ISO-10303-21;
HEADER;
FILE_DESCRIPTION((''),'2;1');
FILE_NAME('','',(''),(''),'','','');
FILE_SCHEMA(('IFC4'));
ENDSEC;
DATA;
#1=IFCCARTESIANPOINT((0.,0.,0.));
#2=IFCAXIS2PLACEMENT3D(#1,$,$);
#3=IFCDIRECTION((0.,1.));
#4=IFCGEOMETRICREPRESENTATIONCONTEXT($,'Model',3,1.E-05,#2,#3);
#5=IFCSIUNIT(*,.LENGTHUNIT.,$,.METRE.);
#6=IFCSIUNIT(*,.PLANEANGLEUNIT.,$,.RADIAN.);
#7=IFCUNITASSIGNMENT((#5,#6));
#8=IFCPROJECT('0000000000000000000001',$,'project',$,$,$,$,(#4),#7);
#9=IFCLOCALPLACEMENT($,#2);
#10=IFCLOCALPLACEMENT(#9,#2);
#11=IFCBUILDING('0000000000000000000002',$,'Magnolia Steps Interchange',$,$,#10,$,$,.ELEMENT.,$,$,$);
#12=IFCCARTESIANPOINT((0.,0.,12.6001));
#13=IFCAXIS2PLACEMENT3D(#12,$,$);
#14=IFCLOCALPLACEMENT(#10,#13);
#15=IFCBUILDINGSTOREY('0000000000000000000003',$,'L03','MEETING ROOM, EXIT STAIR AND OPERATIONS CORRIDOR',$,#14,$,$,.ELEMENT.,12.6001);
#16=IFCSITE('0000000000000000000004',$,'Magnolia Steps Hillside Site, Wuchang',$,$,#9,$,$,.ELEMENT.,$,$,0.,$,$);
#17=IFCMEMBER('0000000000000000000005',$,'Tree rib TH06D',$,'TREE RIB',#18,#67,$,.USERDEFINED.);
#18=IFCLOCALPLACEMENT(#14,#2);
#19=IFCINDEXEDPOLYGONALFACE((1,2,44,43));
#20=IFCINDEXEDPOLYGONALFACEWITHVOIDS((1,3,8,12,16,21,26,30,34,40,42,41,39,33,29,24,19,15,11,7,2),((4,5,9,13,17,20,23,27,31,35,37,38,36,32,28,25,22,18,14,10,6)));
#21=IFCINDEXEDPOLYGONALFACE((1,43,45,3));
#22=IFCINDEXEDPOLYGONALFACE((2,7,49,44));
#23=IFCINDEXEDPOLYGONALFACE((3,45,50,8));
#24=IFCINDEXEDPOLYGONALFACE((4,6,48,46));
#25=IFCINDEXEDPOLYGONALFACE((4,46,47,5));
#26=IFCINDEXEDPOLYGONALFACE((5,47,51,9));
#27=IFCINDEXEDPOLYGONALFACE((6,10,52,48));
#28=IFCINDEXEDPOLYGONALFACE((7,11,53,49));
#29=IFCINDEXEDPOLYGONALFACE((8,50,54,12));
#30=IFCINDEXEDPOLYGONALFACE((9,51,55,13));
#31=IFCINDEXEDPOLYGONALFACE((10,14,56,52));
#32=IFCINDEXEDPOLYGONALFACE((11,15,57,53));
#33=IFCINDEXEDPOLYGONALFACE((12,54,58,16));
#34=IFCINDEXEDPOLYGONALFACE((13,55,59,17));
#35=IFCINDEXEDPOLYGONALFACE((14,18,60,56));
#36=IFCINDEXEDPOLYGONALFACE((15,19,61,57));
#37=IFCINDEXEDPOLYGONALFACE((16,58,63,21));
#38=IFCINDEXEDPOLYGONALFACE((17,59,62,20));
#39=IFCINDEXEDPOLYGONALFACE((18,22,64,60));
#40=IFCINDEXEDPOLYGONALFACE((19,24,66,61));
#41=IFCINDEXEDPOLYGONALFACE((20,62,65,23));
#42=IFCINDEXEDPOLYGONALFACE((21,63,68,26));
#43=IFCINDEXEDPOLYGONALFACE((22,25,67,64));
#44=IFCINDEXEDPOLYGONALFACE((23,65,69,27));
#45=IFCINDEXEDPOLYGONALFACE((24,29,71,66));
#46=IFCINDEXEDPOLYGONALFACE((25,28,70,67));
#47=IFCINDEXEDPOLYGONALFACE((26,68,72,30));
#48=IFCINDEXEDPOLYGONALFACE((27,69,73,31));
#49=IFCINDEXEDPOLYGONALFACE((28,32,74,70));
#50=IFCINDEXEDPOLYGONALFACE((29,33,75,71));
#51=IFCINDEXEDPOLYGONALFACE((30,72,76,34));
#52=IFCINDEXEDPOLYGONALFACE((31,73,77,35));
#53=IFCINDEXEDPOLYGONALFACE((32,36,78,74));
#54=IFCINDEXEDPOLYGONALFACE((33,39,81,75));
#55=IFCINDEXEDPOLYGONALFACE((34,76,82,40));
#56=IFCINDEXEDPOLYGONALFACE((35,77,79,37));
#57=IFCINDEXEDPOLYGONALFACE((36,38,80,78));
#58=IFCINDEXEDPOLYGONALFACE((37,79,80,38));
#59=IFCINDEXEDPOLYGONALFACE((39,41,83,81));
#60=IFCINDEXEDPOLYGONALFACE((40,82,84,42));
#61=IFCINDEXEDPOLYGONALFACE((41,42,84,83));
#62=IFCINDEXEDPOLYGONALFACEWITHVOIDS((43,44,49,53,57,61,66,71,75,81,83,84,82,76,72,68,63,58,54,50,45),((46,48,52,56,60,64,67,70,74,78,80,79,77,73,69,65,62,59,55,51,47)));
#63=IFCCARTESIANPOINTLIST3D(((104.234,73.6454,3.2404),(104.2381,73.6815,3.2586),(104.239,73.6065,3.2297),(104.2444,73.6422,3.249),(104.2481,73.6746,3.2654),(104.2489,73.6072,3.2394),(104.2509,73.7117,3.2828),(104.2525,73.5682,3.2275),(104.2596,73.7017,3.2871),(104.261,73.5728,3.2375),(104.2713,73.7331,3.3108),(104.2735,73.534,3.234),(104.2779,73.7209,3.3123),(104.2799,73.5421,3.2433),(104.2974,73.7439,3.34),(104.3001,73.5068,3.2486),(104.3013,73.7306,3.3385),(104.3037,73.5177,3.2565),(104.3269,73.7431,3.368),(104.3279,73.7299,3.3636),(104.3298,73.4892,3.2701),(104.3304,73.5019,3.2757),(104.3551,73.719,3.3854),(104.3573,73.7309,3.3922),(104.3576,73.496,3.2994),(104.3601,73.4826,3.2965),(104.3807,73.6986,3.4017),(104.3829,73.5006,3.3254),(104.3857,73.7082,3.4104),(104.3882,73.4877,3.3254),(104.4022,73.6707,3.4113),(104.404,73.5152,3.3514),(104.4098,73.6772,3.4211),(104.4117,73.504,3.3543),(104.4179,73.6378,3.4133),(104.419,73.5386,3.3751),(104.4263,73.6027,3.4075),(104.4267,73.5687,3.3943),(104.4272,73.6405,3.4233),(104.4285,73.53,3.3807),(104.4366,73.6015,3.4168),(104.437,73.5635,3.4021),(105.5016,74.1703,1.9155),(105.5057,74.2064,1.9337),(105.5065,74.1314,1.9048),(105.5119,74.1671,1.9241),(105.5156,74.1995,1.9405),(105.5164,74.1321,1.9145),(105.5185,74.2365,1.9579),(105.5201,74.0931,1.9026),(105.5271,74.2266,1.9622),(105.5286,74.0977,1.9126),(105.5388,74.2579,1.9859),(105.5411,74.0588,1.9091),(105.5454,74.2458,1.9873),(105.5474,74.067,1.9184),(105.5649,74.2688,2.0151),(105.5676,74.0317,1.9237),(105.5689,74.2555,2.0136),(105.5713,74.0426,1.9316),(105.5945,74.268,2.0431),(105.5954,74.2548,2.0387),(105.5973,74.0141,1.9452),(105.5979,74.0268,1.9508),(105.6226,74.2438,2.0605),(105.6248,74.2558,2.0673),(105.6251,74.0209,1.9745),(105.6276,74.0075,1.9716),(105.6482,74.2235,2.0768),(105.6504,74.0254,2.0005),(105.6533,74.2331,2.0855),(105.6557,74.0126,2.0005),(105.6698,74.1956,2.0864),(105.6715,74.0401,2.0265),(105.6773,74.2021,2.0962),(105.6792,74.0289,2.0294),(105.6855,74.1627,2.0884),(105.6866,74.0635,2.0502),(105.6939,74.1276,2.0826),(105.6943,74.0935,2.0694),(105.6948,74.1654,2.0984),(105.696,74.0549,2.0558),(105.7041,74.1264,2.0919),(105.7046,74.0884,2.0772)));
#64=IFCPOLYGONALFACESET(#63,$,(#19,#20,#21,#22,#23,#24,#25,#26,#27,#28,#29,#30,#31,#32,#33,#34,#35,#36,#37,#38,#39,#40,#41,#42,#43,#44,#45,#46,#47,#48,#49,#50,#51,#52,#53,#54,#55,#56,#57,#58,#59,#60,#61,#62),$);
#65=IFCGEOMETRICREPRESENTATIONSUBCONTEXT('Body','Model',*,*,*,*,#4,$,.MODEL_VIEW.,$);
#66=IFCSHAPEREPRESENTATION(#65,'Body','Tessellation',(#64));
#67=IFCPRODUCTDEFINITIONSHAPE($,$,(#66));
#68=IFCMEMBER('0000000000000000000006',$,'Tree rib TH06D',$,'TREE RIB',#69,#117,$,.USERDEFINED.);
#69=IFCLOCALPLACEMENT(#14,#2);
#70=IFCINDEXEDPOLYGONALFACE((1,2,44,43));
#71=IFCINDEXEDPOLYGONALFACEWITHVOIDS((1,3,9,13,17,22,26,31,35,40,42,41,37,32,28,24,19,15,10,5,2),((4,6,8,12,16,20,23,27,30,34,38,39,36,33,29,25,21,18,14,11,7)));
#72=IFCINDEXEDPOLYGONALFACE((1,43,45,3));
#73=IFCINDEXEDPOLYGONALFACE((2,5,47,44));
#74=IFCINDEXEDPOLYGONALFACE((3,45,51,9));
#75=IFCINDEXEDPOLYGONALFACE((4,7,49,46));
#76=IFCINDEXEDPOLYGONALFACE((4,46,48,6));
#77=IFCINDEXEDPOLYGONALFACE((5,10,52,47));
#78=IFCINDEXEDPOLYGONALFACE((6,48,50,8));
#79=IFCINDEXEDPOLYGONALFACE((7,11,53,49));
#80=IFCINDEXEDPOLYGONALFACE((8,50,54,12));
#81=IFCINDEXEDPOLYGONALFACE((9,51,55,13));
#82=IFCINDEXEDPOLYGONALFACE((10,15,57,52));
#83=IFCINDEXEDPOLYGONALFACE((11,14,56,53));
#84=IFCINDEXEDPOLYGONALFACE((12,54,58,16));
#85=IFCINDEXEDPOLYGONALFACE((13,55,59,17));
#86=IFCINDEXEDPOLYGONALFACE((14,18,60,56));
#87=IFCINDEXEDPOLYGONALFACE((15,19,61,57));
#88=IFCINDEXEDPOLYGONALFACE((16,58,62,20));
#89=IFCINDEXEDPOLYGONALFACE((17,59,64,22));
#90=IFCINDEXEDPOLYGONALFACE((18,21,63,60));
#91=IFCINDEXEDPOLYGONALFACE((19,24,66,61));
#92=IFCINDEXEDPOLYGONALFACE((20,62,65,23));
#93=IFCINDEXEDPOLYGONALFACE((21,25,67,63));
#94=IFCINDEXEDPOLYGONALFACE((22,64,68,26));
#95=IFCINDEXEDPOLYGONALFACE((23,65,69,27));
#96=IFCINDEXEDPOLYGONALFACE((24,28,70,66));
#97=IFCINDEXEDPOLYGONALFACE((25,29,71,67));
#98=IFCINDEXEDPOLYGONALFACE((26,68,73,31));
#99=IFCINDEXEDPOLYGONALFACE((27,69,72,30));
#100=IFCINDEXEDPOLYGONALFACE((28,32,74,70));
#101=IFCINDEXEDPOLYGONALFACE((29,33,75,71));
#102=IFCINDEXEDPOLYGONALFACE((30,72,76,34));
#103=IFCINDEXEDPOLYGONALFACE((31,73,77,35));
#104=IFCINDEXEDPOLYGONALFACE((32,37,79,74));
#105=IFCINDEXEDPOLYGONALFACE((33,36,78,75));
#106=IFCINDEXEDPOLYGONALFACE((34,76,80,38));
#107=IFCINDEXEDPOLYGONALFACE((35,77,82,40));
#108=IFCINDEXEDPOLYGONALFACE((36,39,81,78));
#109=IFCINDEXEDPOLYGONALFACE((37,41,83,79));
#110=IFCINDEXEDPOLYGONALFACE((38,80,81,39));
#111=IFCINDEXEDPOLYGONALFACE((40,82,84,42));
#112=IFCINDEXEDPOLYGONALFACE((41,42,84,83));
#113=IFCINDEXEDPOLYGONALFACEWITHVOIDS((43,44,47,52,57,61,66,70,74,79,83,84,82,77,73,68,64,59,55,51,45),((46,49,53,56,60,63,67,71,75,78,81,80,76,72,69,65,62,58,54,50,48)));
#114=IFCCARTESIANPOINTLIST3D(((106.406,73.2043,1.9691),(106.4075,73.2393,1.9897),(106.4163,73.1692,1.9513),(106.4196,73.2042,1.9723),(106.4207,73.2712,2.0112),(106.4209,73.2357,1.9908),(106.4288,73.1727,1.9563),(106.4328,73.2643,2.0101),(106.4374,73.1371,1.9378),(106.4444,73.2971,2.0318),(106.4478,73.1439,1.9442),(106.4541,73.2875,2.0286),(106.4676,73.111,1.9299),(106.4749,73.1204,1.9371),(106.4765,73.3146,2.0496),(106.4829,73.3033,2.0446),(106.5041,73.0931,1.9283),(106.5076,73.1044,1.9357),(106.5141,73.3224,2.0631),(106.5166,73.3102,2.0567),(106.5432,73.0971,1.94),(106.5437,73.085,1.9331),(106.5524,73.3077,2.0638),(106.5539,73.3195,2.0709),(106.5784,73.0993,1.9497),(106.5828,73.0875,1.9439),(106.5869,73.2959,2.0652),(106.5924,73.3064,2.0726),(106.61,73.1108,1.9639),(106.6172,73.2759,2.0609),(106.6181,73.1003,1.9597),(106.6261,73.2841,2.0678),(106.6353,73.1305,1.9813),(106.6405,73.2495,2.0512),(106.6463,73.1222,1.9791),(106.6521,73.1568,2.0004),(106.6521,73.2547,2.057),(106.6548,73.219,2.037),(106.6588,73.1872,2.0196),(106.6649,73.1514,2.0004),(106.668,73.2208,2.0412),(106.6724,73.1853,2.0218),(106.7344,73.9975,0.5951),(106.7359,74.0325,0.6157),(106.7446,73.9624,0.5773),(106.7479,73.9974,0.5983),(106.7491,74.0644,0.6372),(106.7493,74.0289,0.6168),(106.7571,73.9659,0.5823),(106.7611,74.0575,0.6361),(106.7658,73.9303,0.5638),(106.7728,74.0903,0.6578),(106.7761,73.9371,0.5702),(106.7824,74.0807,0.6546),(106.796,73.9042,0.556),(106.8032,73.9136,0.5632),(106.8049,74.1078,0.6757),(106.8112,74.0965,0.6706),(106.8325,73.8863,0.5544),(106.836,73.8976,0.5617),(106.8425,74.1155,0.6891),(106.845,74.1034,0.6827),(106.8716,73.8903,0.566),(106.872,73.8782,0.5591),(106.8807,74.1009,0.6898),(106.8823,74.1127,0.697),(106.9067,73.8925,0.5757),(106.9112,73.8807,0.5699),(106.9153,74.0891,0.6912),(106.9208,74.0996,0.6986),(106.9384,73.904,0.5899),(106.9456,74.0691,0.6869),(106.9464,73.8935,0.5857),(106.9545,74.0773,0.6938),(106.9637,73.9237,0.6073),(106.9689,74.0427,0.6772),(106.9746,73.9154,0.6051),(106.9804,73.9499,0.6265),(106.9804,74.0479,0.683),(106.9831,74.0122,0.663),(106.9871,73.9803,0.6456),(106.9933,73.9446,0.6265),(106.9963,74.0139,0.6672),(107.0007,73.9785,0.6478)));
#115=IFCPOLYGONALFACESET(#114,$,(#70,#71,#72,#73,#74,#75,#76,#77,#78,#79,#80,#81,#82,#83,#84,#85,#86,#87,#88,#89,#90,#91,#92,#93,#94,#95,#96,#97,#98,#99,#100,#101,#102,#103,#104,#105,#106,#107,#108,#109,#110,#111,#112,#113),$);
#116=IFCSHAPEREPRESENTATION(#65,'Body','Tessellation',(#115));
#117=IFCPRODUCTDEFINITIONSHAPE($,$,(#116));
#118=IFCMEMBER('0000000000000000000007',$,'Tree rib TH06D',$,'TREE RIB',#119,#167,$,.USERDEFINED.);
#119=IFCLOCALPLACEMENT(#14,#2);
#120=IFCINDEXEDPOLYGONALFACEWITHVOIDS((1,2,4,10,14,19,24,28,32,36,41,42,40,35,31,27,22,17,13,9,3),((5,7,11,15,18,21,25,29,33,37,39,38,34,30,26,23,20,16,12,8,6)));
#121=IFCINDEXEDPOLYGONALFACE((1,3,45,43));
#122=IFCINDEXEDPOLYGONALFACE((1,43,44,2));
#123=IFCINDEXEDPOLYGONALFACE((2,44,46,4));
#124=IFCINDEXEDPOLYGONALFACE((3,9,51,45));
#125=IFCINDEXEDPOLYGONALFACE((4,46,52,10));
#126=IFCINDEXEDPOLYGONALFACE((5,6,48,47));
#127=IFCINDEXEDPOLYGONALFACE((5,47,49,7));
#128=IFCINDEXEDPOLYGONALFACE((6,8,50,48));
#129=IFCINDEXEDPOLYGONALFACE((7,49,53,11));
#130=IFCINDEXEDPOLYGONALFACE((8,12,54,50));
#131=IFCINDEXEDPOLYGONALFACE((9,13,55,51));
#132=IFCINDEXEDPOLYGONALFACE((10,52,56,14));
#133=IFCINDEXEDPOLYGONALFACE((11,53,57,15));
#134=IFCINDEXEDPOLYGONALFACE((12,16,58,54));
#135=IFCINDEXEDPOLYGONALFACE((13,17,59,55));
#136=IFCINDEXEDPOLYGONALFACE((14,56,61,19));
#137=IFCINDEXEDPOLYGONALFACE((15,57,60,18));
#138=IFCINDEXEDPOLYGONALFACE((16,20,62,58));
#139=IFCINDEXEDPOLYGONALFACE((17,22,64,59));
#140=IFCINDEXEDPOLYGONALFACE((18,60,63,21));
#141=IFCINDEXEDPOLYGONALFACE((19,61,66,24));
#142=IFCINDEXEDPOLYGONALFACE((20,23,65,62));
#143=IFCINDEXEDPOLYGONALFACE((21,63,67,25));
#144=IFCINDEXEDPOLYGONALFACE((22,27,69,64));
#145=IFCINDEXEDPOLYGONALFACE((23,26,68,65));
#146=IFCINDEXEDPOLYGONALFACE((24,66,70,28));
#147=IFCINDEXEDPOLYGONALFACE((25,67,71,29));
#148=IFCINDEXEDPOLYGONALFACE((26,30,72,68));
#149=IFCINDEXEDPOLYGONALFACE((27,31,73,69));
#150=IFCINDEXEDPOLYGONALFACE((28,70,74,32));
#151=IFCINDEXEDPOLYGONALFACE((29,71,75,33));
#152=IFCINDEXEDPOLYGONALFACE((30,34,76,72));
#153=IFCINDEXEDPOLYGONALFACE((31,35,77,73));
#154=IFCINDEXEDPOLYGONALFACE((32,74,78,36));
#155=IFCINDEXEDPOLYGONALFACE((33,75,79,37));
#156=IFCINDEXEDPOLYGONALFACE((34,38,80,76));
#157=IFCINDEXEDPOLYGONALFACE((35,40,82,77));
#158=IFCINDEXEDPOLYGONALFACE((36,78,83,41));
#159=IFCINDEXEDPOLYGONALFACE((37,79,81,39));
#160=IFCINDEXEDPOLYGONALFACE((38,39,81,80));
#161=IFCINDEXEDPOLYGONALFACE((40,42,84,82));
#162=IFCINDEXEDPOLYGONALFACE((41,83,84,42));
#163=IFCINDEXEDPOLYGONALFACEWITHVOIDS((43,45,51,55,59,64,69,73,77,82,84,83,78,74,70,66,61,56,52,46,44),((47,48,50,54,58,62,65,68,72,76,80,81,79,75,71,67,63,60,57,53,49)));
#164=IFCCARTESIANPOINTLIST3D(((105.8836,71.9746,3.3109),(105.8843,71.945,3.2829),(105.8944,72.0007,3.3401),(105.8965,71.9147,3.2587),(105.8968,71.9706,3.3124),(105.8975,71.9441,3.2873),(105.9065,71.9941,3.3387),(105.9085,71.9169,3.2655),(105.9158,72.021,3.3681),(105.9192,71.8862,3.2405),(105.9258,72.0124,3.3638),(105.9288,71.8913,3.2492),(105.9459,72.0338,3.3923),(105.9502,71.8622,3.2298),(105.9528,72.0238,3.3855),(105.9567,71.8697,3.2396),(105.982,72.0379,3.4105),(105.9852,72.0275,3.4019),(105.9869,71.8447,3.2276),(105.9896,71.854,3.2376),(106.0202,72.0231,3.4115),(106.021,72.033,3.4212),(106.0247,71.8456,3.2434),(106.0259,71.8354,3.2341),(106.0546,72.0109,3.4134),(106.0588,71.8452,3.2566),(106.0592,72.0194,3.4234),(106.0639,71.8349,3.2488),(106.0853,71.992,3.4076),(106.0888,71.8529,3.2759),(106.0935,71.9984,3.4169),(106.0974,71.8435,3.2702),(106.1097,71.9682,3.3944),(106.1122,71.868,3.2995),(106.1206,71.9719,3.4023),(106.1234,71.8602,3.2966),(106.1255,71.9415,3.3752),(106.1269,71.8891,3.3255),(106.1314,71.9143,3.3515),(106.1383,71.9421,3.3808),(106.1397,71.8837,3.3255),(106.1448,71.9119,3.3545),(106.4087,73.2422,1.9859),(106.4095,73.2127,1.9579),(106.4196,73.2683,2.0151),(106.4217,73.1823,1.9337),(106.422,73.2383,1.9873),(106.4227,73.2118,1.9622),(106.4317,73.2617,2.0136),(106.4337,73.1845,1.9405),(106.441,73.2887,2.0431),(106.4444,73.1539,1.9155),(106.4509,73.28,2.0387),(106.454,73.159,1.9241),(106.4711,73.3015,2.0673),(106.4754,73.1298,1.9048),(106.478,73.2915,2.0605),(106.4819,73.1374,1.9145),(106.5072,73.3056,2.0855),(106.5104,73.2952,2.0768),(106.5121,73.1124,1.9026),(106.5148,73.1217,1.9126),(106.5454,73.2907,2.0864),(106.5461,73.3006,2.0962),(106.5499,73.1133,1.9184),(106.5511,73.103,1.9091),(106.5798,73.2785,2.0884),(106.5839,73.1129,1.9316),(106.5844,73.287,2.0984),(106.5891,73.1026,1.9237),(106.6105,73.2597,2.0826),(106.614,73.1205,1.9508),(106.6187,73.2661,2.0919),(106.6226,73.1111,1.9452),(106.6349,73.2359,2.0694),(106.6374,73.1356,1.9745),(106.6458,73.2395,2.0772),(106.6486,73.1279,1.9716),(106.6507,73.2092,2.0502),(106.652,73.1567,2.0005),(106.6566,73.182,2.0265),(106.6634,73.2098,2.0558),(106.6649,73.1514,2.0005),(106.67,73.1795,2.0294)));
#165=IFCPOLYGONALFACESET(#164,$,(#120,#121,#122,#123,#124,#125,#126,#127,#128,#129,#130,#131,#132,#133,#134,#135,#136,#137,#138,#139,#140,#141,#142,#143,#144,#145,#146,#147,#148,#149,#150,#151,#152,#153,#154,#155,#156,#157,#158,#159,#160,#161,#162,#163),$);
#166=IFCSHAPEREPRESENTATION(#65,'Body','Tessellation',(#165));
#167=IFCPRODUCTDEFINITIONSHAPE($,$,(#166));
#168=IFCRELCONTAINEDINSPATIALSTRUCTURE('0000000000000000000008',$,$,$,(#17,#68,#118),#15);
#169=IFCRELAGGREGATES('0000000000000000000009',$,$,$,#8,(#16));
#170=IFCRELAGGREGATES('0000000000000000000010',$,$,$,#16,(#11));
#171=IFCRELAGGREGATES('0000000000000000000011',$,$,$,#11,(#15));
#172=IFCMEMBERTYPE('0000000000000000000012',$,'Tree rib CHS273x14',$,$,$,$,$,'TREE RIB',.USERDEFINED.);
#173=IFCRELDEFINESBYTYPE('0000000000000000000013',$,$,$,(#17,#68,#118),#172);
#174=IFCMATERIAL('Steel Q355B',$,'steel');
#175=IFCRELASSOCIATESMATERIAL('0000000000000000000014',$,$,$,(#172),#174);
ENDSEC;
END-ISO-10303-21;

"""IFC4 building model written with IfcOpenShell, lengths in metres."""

from ifc_helpers import new_model, si_unit, direction, frame, origin, origin_2d, place, context, subcontext, project, spatial, hollow_circle, extrude, material, material_profile, profile_set, type_object, element, save


model = new_model("IFC4")

# Units and contexts
model_context = context("Model", 3, precision=1e-05, world=origin(), true_north=direction((0.0, 1.0)))
body_context = subcontext(model_context, "Body", "Model", "MODEL_VIEW")
ifc_project = project(units=[si_unit("LENGTHUNIT", "METRE"), si_unit("PLANEANGLEUNIT", "RADIAN")], contexts=[model_context])

# Site, building, storey
site_placement = place(None, origin())
site = spatial("IfcSite", under=ifc_project, at=site_placement, Name="Magnolia Steps Hillside Site, Wuchang", CompositionType="ELEMENT", RefElevation=0.0)
building_placement = place(site_placement, origin())
building = spatial("IfcBuilding", under=site, at=building_placement, Name="Magnolia Steps Interchange", CompositionType="ELEMENT")
storey_placement = place(building_placement, frame((0.0, 0.0, 12.6001)))
storey = spatial("IfcBuildingStorey", under=building, at=storey_placement, Name="L03", Description="MEETING ROOM, EXIT STAIR AND OPERATIONS CORRIDOR", CompositionType="ELEMENT", Elevation=12.6001)

# Members
ifc_material_1 = material(Name="Steel Q355B", Category="steel")
ifc_material_profile_1 = material_profile(ifc_material_1, hollow_circle(Radius=0.1365, WallThickness=0.0139, at=origin_2d()), Name="CHS273x14")
ifc_profile_set_1 = profile_set([ifc_material_profile_1], Name="Steel Q355B")
member_type_1 = type_object("IfcMemberType", Name="Tree rib CHS273x14", ElementType="TREE RIB", PredefinedType="USERDEFINED", material=ifc_profile_set_1)
member_1_placement = place(storey_placement, frame((105.6035, 74.1387, 2.0005), z_axis=(-0.664595, -0.275208, 0.694676), x_axis=(0.382593, -0.923917, 0.0)))
element("IfcMember", 1, at=member_1_placement, inside=storey, type_object=member_type_1, Name="Tree rib TH06D", ObjectType="TREE RIB", PredefinedType="USERDEFINED", context=body_context, shape_type="SweptSolid", body=[
    extrude(hollow_circle(Radius=0.1365, WallThickness=0.0139, at=origin_2d()), origin(), (0.0, 0.0, 1.0), 1.9072),
])
member_2_placement = place(storey_placement, frame((106.8672, 73.9968, 0.6265), z_axis=(-0.202676, -0.489586, 0.848073), x_axis=(0.923958, -0.382494, 0.0)))
element("IfcMember", 2, at=member_2_placement, inside=storey, type_object=member_type_1, Name="Tree rib TH06D", ObjectType="TREE RIB", PredefinedType="USERDEFINED", context=body_context, shape_type="SweptSolid", body=[
    extrude(hollow_circle(Radius=0.1365, WallThickness=0.0139, at=origin_2d()), origin(), (0.0, 0.0, 1.0), 1.6201),
])
member_3_placement = place(storey_placement, frame((106.5388, 73.2036, 2.0005), z_axis=(-0.275326, -0.664571, 0.694651), x_axis=(0.923854, -0.382745, 0.0)))
element("IfcMember", 3, at=member_3_placement, inside=storey, type_object=member_type_1, Name="Tree rib TH06D", ObjectType="TREE RIB", PredefinedType="USERDEFINED", context=body_context, shape_type="SweptSolid", body=[
    extrude(hollow_circle(Radius=0.1365, WallThickness=0.0139, at=origin_2d()), origin(), (0.0, 0.0, 1.0), 1.9075),
])

save(model, "model.ifc")
